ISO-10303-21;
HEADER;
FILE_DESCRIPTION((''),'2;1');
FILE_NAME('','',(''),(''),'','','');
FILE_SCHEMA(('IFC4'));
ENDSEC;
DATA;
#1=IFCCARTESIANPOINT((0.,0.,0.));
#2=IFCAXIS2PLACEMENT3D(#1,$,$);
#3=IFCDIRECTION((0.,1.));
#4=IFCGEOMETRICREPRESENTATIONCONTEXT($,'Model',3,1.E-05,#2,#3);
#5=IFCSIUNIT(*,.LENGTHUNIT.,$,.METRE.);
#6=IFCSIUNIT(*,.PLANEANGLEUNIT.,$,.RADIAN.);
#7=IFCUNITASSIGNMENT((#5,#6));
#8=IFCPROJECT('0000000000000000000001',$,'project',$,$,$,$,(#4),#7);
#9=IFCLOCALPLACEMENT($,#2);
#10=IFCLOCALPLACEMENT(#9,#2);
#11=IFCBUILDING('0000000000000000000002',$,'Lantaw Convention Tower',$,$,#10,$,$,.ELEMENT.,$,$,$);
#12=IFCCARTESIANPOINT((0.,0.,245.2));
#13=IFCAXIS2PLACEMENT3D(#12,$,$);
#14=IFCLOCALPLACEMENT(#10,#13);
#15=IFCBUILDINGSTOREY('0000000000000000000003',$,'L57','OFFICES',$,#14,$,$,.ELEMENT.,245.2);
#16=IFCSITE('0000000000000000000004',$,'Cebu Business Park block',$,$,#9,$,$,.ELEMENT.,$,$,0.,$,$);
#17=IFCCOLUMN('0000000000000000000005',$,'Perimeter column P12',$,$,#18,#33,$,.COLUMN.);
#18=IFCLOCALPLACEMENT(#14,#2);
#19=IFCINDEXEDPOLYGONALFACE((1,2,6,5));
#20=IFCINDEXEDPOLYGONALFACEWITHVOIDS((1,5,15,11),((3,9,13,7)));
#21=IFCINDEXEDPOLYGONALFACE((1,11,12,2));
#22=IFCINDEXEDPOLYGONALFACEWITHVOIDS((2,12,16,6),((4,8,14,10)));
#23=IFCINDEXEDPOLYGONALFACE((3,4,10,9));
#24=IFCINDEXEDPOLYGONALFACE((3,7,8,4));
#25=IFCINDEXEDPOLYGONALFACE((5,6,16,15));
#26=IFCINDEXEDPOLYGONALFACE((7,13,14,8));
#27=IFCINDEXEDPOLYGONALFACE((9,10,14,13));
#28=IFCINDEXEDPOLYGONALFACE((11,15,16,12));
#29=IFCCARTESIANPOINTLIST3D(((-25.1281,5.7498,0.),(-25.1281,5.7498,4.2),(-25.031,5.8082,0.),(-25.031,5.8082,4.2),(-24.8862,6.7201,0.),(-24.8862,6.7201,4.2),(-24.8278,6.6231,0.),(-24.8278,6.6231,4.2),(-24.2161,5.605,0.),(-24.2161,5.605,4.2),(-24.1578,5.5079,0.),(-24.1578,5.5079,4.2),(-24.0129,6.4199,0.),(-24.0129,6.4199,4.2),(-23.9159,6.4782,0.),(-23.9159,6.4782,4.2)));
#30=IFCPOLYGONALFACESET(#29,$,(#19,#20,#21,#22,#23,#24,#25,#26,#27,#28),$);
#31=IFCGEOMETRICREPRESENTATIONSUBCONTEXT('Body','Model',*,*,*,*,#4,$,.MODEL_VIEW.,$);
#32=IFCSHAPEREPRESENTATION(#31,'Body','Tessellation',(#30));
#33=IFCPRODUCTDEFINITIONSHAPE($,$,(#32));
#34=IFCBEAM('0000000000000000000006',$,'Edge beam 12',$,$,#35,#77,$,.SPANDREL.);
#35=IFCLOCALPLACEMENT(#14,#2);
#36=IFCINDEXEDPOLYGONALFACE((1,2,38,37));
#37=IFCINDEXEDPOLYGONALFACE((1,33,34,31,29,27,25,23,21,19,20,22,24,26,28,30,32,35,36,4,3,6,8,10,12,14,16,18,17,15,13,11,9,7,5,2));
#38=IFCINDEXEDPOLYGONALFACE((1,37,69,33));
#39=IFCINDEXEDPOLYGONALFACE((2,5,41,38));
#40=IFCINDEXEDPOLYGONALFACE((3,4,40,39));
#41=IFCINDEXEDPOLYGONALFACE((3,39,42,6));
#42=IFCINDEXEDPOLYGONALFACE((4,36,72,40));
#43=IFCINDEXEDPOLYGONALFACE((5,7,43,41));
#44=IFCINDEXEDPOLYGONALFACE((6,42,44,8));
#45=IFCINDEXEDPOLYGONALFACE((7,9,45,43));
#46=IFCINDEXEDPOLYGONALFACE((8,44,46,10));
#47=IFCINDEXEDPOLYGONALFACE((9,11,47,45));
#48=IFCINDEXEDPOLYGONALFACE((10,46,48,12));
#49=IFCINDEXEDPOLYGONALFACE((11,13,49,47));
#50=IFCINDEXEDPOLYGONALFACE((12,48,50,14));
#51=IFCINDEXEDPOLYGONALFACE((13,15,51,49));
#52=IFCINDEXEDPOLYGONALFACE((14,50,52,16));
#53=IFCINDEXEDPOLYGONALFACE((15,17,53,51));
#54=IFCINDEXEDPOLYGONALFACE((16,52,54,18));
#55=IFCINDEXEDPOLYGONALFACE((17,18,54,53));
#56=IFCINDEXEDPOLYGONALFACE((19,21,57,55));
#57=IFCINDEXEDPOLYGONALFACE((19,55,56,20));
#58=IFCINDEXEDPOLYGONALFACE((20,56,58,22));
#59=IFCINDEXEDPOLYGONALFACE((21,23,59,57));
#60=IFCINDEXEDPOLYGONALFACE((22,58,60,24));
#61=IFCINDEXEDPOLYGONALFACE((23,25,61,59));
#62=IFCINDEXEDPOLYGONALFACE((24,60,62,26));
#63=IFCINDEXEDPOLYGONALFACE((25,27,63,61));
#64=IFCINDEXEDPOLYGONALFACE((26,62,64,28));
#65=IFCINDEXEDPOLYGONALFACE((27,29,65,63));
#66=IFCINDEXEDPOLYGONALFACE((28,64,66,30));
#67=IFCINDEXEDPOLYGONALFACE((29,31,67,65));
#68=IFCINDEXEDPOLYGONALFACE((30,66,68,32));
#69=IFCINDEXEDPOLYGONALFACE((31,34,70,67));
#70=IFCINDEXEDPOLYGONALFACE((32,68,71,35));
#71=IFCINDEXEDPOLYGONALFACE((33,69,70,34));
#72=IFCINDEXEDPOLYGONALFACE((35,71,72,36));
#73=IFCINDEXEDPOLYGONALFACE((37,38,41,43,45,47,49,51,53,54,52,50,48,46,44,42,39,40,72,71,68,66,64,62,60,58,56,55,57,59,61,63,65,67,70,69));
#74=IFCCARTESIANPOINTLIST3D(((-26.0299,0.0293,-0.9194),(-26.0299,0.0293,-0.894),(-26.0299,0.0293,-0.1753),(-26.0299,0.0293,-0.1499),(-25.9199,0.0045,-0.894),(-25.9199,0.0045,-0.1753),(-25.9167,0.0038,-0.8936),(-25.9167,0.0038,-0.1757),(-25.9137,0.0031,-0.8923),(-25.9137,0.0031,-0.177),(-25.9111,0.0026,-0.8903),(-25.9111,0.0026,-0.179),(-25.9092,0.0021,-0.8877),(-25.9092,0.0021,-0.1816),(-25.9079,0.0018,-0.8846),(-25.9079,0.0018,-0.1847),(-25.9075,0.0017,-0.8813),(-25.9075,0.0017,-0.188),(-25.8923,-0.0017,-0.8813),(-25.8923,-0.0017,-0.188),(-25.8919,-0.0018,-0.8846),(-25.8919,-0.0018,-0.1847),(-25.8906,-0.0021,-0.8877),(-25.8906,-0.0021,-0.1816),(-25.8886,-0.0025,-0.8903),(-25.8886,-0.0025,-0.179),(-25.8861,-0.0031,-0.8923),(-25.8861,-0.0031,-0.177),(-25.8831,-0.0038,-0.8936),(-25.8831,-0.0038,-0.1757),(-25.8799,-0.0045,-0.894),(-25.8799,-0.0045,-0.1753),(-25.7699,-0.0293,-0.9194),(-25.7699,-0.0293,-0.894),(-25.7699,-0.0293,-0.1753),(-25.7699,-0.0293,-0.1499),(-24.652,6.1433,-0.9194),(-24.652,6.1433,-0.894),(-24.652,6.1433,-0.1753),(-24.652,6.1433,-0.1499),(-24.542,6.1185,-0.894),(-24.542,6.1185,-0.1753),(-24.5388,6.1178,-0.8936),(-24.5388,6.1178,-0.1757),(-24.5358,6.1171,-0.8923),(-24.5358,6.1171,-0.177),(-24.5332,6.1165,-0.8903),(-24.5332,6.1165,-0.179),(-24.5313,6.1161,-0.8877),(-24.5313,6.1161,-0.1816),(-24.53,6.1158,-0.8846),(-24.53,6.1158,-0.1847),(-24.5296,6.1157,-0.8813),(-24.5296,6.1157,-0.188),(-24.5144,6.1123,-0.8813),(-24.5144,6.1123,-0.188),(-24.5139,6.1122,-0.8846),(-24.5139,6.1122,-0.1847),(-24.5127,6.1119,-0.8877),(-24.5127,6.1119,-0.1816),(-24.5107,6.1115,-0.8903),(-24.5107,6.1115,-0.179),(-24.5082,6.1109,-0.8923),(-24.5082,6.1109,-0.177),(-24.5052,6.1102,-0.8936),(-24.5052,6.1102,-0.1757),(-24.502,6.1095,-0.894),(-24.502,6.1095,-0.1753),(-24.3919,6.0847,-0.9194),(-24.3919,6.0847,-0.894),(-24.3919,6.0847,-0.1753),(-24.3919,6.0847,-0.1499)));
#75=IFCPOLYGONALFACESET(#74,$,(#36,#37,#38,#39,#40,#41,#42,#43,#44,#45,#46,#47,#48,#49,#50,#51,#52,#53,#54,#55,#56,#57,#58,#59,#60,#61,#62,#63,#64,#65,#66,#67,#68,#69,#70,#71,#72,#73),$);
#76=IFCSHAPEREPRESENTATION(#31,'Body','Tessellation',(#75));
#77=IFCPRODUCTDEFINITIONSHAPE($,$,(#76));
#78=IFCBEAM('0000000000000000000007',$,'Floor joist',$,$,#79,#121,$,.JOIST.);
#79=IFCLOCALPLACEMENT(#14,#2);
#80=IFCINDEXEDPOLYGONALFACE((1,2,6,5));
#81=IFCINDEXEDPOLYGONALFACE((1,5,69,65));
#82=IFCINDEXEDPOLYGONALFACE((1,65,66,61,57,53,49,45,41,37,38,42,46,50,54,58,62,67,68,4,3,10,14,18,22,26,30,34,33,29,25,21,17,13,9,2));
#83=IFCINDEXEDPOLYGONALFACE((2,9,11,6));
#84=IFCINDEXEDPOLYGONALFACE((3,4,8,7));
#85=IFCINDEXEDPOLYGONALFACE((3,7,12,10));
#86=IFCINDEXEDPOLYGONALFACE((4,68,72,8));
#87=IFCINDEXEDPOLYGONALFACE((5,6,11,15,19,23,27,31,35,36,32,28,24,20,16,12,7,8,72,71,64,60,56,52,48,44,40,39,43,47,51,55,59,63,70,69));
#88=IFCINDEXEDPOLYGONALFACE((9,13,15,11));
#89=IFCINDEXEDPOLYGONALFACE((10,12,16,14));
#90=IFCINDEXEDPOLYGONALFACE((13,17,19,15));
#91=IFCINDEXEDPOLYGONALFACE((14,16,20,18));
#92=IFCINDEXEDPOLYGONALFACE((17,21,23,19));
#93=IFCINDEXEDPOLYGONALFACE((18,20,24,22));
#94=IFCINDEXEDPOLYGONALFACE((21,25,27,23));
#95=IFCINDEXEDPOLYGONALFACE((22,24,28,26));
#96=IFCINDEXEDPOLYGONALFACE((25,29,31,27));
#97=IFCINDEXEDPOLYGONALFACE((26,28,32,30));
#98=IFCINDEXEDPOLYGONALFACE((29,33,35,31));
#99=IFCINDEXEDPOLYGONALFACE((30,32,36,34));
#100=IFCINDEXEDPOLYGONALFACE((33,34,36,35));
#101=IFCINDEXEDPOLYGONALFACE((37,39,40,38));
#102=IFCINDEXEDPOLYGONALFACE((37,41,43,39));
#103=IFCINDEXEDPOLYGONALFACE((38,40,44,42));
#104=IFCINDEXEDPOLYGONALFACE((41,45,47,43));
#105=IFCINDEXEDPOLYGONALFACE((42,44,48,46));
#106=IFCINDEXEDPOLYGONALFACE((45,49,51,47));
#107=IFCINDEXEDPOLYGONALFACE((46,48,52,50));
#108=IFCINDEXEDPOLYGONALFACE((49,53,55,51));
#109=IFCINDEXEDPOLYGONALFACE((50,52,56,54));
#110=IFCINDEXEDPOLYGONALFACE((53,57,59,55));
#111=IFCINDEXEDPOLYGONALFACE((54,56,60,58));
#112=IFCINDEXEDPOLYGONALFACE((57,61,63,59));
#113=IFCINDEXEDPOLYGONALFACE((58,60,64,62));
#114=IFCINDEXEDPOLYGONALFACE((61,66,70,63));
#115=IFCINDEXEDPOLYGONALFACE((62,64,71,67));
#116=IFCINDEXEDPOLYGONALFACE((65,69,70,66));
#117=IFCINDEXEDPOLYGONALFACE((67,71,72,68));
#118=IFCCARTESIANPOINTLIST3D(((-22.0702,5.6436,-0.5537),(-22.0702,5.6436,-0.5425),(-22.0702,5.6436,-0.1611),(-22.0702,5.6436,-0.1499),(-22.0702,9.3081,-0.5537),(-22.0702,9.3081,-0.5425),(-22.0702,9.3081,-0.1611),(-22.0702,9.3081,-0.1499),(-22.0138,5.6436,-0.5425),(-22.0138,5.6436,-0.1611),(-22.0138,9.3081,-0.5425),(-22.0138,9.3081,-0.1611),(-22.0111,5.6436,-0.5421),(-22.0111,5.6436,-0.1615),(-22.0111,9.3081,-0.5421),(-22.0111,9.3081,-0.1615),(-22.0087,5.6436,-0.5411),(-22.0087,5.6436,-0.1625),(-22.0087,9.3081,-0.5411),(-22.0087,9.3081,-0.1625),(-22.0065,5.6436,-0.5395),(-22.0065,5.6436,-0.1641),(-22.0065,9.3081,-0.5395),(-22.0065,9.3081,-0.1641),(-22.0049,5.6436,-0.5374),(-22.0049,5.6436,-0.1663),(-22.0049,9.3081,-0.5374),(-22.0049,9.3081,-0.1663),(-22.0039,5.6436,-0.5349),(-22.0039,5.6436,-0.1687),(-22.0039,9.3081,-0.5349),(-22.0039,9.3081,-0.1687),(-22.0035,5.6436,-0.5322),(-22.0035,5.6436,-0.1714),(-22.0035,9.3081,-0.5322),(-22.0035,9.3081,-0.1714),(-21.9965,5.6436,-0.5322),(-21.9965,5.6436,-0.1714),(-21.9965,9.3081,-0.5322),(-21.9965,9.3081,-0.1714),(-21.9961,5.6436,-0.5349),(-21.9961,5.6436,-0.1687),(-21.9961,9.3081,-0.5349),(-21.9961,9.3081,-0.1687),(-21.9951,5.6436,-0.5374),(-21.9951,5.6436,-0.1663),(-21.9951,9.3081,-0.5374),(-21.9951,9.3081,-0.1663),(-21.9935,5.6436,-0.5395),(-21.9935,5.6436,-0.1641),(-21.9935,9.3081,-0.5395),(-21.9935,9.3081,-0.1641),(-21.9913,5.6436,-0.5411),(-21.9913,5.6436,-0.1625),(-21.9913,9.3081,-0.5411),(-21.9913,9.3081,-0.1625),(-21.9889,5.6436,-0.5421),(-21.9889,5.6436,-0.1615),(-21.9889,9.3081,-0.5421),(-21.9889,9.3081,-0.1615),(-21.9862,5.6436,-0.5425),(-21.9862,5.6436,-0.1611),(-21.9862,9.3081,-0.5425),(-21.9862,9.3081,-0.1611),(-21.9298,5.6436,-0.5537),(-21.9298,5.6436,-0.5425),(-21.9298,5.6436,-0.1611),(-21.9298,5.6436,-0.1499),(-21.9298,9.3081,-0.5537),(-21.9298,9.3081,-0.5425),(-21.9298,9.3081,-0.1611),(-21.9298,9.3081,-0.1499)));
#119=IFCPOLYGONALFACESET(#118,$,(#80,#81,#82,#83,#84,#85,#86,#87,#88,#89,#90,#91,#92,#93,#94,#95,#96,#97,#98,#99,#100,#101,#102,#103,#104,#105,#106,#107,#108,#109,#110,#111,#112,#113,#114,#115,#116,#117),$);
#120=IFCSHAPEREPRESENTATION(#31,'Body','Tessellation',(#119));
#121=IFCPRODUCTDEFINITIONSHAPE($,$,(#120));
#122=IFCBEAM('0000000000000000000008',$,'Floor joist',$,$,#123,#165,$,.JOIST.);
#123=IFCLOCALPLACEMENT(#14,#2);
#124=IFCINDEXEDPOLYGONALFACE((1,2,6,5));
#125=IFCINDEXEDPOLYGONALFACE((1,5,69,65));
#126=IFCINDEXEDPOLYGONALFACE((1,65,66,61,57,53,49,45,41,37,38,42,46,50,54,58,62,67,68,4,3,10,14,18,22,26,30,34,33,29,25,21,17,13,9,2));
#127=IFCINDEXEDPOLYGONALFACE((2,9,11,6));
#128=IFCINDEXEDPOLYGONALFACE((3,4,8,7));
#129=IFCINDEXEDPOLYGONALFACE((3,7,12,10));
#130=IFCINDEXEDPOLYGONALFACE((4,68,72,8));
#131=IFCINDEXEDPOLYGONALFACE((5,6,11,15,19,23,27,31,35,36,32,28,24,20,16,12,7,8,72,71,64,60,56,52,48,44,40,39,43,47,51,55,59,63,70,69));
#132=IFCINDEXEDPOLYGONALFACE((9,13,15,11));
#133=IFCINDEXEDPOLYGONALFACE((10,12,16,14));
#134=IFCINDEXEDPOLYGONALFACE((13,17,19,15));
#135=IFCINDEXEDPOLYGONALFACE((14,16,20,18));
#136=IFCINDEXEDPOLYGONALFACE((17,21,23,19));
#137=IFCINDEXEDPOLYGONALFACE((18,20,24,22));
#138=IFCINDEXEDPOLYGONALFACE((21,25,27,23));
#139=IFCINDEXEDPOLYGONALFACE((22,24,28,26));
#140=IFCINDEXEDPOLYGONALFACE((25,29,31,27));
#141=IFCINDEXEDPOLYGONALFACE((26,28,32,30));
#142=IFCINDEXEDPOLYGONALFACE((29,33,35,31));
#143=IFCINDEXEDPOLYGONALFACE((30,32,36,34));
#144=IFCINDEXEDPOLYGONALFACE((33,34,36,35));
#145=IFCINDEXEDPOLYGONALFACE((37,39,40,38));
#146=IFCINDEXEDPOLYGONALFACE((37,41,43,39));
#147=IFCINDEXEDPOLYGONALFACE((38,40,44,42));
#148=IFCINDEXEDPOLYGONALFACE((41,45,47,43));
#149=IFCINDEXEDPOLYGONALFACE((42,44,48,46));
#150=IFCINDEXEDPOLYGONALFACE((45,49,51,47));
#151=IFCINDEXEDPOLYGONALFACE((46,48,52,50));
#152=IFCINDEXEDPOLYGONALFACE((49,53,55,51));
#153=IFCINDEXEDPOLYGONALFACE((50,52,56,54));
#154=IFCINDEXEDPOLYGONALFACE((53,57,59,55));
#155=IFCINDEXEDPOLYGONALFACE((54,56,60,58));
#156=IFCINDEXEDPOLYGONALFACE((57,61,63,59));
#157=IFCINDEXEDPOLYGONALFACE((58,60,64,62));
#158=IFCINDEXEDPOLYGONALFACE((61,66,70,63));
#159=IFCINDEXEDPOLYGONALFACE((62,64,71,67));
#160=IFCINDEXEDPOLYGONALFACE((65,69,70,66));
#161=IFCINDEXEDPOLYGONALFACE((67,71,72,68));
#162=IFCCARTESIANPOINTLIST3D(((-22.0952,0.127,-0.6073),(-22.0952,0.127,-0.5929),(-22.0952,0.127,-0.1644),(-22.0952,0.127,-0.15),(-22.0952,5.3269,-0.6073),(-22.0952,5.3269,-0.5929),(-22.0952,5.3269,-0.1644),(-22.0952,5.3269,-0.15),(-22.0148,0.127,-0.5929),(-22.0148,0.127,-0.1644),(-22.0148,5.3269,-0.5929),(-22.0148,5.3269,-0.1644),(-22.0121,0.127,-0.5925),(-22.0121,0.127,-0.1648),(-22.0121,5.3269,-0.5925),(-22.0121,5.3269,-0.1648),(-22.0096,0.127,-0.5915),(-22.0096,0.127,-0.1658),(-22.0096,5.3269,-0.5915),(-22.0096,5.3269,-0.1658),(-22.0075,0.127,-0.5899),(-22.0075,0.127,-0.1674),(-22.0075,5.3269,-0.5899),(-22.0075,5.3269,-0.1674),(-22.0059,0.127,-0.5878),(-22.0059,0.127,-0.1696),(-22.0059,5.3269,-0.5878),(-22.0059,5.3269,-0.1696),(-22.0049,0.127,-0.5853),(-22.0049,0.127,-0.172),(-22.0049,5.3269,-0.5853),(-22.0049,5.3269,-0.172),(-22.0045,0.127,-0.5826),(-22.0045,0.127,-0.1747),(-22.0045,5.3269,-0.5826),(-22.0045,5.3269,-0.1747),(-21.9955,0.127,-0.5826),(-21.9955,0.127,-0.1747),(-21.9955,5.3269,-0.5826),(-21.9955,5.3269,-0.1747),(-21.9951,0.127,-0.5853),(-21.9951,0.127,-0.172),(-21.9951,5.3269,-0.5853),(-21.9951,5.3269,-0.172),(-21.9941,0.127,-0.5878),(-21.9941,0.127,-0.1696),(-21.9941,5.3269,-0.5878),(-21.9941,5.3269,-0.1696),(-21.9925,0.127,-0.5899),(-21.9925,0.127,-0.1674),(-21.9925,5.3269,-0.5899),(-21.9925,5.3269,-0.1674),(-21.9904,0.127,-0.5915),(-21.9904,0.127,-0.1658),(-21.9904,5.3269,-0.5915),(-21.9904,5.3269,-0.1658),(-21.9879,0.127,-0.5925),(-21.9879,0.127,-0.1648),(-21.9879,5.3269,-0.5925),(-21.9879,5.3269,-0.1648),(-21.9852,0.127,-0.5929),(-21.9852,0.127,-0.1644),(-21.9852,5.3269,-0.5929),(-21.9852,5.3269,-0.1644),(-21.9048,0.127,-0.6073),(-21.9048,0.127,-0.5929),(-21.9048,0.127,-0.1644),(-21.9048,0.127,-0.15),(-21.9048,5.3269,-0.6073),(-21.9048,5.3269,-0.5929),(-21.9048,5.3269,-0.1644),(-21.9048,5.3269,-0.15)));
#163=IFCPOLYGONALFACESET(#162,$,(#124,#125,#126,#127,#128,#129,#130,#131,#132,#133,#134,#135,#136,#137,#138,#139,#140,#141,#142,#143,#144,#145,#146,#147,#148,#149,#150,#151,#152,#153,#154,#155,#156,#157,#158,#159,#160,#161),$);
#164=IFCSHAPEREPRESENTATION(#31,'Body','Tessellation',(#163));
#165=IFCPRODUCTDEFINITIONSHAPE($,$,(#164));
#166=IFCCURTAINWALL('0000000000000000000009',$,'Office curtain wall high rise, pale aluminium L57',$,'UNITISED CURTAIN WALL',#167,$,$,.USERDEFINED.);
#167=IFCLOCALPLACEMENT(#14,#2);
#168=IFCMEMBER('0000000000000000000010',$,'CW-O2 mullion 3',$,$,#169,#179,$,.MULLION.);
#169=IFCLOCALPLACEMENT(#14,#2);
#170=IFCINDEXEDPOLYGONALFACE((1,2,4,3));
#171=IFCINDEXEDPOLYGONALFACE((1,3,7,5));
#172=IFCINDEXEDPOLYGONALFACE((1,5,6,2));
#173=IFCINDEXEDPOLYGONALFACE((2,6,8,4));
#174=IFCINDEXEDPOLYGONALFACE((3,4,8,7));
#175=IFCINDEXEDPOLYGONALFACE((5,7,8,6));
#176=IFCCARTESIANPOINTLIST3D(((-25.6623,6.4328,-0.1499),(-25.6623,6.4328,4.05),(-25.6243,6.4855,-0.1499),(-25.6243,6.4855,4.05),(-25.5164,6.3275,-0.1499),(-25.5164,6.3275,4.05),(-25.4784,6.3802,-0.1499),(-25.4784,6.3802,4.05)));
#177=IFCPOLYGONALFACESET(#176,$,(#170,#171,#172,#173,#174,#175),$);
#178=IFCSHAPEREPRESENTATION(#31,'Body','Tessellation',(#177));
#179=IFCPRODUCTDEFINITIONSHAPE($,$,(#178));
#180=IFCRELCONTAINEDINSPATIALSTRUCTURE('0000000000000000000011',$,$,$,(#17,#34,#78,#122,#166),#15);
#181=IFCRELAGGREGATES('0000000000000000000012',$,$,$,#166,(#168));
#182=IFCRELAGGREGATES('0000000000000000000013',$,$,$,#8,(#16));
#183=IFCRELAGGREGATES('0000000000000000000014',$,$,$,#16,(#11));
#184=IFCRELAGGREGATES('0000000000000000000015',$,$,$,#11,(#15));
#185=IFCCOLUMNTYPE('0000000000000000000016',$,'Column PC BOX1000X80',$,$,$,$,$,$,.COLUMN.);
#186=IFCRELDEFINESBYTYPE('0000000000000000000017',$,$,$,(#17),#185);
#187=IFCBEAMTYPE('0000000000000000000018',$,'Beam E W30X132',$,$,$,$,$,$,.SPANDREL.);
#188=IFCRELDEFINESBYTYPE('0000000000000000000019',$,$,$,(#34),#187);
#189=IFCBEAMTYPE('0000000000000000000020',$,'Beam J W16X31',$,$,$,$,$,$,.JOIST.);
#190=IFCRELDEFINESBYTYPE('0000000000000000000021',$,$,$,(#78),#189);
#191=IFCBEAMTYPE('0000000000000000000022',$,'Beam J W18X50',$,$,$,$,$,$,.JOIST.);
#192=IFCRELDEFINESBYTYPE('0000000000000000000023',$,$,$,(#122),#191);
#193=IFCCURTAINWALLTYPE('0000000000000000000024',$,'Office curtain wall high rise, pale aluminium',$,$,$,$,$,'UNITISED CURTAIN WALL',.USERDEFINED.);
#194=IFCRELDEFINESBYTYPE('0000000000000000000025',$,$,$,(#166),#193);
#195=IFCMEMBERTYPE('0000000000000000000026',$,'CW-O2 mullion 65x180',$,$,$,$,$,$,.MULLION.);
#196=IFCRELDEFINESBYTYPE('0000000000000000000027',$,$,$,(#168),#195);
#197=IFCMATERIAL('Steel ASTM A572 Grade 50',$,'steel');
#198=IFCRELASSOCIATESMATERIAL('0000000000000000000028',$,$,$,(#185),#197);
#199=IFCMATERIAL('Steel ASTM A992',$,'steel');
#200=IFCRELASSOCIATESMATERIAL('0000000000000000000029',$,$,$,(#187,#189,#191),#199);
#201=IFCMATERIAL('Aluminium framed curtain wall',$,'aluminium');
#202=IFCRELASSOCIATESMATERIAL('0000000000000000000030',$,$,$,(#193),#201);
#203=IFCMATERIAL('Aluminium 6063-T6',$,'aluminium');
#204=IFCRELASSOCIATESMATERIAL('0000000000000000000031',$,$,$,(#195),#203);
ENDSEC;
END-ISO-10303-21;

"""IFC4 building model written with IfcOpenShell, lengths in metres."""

from ifc_helpers import new_model, si_unit, direction, frame, origin, origin_2d, place, context, subcontext, project, spatial, rectangle, hollow_rectangle, i_section, extrude, material, material_profile, profile_set, type_object, element, aggregate, save


model = new_model("IFC4")

# Units and contexts
model_context = context("Model", 3, precision=1e-05, world=origin(), true_north=direction((0.0, 1.0)))
body_context = subcontext(model_context, "Body", "Model", "MODEL_VIEW")
ifc_project = project(units=[si_unit("LENGTHUNIT", "METRE"), si_unit("PLANEANGLEUNIT", "RADIAN")], contexts=[model_context])

# Site, building, storey
site_placement = place(None, origin())
site = spatial("IfcSite", under=ifc_project, at=site_placement, Name="Cebu Business Park block", CompositionType="ELEMENT", RefElevation=0.0)
building_placement = place(site_placement, origin())
building = spatial("IfcBuilding", under=site, at=building_placement, Name="Lantaw Convention Tower", CompositionType="ELEMENT")
storey_placement = place(building_placement, frame((0.0, 0.0, 245.2)))
storey = spatial("IfcBuildingStorey", under=building, at=storey_placement, Name="L57", Description="OFFICES", CompositionType="ELEMENT", Elevation=245.2)

# Column
ifc_material_1 = material(Name="Steel ASTM A572 Grade 50", Category="steel")
ifc_material_profile_1 = material_profile(ifc_material_1, hollow_rectangle(XDim=1.0, YDim=1.0, WallThickness=0.0801, at=origin_2d()), Name="BOX1000X80")
ifc_material_2 = material(Name="Concrete C60/75", Category="concrete")
ifc_material_profile_2 = material_profile(ifc_material_2, rectangle(XDim=0.8401, YDim=0.8401, at=origin_2d()), Name="Concrete fill of BOX1000X80")
ifc_profile_set_1 = profile_set([ifc_material_profile_1, ifc_material_profile_2], Name="Steel ASTM A572 Grade 50")
column_type = type_object("IfcColumnType", Name="Column PC BOX1000X80", PredefinedType="COLUMN", material=ifc_profile_set_1)
column_placement = place(storey_placement, frame((-24.522, 6.114, 0.0), z_axis=(0.0, 0.0, 1.0), x_axis=(0.241922, 0.970296, 0.0)))
element("IfcColumn", 1, at=column_placement, inside=storey, type_object=column_type, Name="Perimeter column P12", PredefinedType="COLUMN", context=body_context, shape_type="SweptSolid", body=[
    extrude(hollow_rectangle(XDim=1.0, YDim=1.0, WallThickness=0.0801, at=origin_2d()), origin(), (0.0, 0.0, 1.0), 4.2),
])

# Beams
ifc_material_3 = material(Name="Steel ASTM A992", Category="steel")
ifc_material_profile_3 = material_profile(ifc_material_3, i_section(OverallWidth=0.2666, OverallDepth=0.7695, WebThickness=0.0156, FlangeThickness=0.0254, FilletRadius=0.0127, at=origin_2d()), Name="W30X132")
ifc_profile_set_2 = profile_set([ifc_material_profile_3], Name="Steel ASTM A992")
beam_type_1 = type_object("IfcBeamType", Name="Beam E W30X132", PredefinedType="SPANDREL", material=ifc_profile_set_2)
beam_1_placement = place(storey_placement, frame((-24.522, 6.114, -0.5347), z_axis=(-0.219858, -0.975532, 0.0), x_axis=(0.975532, -0.219858, 0.0)))
element("IfcBeam", 2, at=beam_1_placement, inside=storey, type_object=beam_type_1, Name="Edge beam 12", PredefinedType="SPANDREL", context=body_context, shape_type="SweptSolid", body=[
    extrude(i_section(OverallWidth=0.2666, OverallDepth=0.7695, WebThickness=0.0156, FlangeThickness=0.0254, FilletRadius=0.0127, at=origin_2d()), origin(), (0.0, 0.0, 1.0), 6.2673),
])
ifc_material_profile_4 = material_profile(ifc_material_3, i_section(OverallWidth=0.1404, OverallDepth=0.4038, WebThickness=0.0071, FlangeThickness=0.0112, FilletRadius=0.0103, at=origin_2d()), Name="W16X31")
ifc_profile_set_3 = profile_set([ifc_material_profile_4], Name="Steel ASTM A992")
beam_type_2 = type_object("IfcBeamType", Name="Beam J W16X31", PredefinedType="JOIST", material=ifc_profile_set_3)
beam_2_placement = place(storey_placement, frame((-22.0, 5.6436, -0.3518), z_axis=(0.0, 1.0, 0.0), x_axis=(-1.0, 0.0, 0.0)))
element("IfcBeam", 3, at=beam_2_placement, inside=storey, type_object=beam_type_2, Name="Floor joist", PredefinedType="JOIST", context=body_context, shape_type="SweptSolid", body=[
    extrude(i_section(OverallWidth=0.1404, OverallDepth=0.4038, WebThickness=0.0071, FlangeThickness=0.0112, FilletRadius=0.0103, at=origin_2d()), origin(), (0.0, 0.0, 1.0), 3.6646),
])
ifc_material_profile_5 = material_profile(ifc_material_3, i_section(OverallWidth=0.1904, OverallDepth=0.4573, WebThickness=0.009, FlangeThickness=0.0144, FilletRadius=0.0103, at=origin_2d()), Name="W18X50")
ifc_profile_set_4 = profile_set([ifc_material_profile_5], Name="Steel ASTM A992")
beam_type_3 = type_object("IfcBeamType", Name="Beam J W18X50", PredefinedType="JOIST", material=ifc_profile_set_4)
beam_3_placement = place(storey_placement, frame((-22.0, 0.127, -0.3787), z_axis=(0.0, 1.0, 0.0), x_axis=(-1.0, 0.0, 0.0)))
element("IfcBeam", 4, at=beam_3_placement, inside=storey, type_object=beam_type_3, Name="Floor joist", PredefinedType="JOIST", context=body_context, shape_type="SweptSolid", body=[
    extrude(i_section(OverallWidth=0.1904, OverallDepth=0.4573, WebThickness=0.009, FlangeThickness=0.0144, FilletRadius=0.0103, at=origin_2d()), origin(), (0.0, 0.0, 1.0), 5.2),
])

# Curtain wall, member
ifc_material_4 = material(Name="Aluminium framed curtain wall", Category="aluminium")
curtain_wall_type = type_object("IfcCurtainWallType", Name="Office curtain wall high rise, pale aluminium", ElementType="UNITISED CURTAIN WALL", PredefinedType="USERDEFINED", material=ifc_material_4)
curtain_wall_1_placement = place(storey_placement, origin())
curtain_wall_1 = element("IfcCurtainWall", 5, at=curtain_wall_1_placement, inside=storey, type_object=curtain_wall_type, Name="Office curtain wall high rise, pale aluminium L57", ObjectType="UNITISED CURTAIN WALL", PredefinedType="USERDEFINED")
ifc_material_5 = material(Name="Aluminium 6063-T6", Category="aluminium")
ifc_material_profile_6 = material_profile(ifc_material_5, rectangle(XDim=0.1799, YDim=0.0649, at=origin_2d()), Name="CW-O2 mullion 65x180")
ifc_profile_set_5 = profile_set([ifc_material_profile_6], Name="Aluminium 6063-T6")
member_type_1 = type_object("IfcMemberType", Name="CW-O2 mullion 65x180", PredefinedType="MULLION", material=ifc_profile_set_5)
member_1_placement = place(storey_placement, frame((-25.5703, 6.4065, -0.1499), z_axis=(0.0, 0.0, 1.0), x_axis=(0.81092, -0.585158, 0.0)))
member_1 = element("IfcMember", 6, at=member_1_placement, type_object=member_type_1, Name="CW-O2 mullion 3", PredefinedType="MULLION", context=body_context, shape_type="SweptSolid", body=[
    extrude(rectangle(XDim=0.1799, YDim=0.0649, at=origin_2d()), origin(), (0.0, 0.0, 1.0), 4.2),
])
aggregate(curtain_wall_1, [member_1])

save(model, "model.ifc")
